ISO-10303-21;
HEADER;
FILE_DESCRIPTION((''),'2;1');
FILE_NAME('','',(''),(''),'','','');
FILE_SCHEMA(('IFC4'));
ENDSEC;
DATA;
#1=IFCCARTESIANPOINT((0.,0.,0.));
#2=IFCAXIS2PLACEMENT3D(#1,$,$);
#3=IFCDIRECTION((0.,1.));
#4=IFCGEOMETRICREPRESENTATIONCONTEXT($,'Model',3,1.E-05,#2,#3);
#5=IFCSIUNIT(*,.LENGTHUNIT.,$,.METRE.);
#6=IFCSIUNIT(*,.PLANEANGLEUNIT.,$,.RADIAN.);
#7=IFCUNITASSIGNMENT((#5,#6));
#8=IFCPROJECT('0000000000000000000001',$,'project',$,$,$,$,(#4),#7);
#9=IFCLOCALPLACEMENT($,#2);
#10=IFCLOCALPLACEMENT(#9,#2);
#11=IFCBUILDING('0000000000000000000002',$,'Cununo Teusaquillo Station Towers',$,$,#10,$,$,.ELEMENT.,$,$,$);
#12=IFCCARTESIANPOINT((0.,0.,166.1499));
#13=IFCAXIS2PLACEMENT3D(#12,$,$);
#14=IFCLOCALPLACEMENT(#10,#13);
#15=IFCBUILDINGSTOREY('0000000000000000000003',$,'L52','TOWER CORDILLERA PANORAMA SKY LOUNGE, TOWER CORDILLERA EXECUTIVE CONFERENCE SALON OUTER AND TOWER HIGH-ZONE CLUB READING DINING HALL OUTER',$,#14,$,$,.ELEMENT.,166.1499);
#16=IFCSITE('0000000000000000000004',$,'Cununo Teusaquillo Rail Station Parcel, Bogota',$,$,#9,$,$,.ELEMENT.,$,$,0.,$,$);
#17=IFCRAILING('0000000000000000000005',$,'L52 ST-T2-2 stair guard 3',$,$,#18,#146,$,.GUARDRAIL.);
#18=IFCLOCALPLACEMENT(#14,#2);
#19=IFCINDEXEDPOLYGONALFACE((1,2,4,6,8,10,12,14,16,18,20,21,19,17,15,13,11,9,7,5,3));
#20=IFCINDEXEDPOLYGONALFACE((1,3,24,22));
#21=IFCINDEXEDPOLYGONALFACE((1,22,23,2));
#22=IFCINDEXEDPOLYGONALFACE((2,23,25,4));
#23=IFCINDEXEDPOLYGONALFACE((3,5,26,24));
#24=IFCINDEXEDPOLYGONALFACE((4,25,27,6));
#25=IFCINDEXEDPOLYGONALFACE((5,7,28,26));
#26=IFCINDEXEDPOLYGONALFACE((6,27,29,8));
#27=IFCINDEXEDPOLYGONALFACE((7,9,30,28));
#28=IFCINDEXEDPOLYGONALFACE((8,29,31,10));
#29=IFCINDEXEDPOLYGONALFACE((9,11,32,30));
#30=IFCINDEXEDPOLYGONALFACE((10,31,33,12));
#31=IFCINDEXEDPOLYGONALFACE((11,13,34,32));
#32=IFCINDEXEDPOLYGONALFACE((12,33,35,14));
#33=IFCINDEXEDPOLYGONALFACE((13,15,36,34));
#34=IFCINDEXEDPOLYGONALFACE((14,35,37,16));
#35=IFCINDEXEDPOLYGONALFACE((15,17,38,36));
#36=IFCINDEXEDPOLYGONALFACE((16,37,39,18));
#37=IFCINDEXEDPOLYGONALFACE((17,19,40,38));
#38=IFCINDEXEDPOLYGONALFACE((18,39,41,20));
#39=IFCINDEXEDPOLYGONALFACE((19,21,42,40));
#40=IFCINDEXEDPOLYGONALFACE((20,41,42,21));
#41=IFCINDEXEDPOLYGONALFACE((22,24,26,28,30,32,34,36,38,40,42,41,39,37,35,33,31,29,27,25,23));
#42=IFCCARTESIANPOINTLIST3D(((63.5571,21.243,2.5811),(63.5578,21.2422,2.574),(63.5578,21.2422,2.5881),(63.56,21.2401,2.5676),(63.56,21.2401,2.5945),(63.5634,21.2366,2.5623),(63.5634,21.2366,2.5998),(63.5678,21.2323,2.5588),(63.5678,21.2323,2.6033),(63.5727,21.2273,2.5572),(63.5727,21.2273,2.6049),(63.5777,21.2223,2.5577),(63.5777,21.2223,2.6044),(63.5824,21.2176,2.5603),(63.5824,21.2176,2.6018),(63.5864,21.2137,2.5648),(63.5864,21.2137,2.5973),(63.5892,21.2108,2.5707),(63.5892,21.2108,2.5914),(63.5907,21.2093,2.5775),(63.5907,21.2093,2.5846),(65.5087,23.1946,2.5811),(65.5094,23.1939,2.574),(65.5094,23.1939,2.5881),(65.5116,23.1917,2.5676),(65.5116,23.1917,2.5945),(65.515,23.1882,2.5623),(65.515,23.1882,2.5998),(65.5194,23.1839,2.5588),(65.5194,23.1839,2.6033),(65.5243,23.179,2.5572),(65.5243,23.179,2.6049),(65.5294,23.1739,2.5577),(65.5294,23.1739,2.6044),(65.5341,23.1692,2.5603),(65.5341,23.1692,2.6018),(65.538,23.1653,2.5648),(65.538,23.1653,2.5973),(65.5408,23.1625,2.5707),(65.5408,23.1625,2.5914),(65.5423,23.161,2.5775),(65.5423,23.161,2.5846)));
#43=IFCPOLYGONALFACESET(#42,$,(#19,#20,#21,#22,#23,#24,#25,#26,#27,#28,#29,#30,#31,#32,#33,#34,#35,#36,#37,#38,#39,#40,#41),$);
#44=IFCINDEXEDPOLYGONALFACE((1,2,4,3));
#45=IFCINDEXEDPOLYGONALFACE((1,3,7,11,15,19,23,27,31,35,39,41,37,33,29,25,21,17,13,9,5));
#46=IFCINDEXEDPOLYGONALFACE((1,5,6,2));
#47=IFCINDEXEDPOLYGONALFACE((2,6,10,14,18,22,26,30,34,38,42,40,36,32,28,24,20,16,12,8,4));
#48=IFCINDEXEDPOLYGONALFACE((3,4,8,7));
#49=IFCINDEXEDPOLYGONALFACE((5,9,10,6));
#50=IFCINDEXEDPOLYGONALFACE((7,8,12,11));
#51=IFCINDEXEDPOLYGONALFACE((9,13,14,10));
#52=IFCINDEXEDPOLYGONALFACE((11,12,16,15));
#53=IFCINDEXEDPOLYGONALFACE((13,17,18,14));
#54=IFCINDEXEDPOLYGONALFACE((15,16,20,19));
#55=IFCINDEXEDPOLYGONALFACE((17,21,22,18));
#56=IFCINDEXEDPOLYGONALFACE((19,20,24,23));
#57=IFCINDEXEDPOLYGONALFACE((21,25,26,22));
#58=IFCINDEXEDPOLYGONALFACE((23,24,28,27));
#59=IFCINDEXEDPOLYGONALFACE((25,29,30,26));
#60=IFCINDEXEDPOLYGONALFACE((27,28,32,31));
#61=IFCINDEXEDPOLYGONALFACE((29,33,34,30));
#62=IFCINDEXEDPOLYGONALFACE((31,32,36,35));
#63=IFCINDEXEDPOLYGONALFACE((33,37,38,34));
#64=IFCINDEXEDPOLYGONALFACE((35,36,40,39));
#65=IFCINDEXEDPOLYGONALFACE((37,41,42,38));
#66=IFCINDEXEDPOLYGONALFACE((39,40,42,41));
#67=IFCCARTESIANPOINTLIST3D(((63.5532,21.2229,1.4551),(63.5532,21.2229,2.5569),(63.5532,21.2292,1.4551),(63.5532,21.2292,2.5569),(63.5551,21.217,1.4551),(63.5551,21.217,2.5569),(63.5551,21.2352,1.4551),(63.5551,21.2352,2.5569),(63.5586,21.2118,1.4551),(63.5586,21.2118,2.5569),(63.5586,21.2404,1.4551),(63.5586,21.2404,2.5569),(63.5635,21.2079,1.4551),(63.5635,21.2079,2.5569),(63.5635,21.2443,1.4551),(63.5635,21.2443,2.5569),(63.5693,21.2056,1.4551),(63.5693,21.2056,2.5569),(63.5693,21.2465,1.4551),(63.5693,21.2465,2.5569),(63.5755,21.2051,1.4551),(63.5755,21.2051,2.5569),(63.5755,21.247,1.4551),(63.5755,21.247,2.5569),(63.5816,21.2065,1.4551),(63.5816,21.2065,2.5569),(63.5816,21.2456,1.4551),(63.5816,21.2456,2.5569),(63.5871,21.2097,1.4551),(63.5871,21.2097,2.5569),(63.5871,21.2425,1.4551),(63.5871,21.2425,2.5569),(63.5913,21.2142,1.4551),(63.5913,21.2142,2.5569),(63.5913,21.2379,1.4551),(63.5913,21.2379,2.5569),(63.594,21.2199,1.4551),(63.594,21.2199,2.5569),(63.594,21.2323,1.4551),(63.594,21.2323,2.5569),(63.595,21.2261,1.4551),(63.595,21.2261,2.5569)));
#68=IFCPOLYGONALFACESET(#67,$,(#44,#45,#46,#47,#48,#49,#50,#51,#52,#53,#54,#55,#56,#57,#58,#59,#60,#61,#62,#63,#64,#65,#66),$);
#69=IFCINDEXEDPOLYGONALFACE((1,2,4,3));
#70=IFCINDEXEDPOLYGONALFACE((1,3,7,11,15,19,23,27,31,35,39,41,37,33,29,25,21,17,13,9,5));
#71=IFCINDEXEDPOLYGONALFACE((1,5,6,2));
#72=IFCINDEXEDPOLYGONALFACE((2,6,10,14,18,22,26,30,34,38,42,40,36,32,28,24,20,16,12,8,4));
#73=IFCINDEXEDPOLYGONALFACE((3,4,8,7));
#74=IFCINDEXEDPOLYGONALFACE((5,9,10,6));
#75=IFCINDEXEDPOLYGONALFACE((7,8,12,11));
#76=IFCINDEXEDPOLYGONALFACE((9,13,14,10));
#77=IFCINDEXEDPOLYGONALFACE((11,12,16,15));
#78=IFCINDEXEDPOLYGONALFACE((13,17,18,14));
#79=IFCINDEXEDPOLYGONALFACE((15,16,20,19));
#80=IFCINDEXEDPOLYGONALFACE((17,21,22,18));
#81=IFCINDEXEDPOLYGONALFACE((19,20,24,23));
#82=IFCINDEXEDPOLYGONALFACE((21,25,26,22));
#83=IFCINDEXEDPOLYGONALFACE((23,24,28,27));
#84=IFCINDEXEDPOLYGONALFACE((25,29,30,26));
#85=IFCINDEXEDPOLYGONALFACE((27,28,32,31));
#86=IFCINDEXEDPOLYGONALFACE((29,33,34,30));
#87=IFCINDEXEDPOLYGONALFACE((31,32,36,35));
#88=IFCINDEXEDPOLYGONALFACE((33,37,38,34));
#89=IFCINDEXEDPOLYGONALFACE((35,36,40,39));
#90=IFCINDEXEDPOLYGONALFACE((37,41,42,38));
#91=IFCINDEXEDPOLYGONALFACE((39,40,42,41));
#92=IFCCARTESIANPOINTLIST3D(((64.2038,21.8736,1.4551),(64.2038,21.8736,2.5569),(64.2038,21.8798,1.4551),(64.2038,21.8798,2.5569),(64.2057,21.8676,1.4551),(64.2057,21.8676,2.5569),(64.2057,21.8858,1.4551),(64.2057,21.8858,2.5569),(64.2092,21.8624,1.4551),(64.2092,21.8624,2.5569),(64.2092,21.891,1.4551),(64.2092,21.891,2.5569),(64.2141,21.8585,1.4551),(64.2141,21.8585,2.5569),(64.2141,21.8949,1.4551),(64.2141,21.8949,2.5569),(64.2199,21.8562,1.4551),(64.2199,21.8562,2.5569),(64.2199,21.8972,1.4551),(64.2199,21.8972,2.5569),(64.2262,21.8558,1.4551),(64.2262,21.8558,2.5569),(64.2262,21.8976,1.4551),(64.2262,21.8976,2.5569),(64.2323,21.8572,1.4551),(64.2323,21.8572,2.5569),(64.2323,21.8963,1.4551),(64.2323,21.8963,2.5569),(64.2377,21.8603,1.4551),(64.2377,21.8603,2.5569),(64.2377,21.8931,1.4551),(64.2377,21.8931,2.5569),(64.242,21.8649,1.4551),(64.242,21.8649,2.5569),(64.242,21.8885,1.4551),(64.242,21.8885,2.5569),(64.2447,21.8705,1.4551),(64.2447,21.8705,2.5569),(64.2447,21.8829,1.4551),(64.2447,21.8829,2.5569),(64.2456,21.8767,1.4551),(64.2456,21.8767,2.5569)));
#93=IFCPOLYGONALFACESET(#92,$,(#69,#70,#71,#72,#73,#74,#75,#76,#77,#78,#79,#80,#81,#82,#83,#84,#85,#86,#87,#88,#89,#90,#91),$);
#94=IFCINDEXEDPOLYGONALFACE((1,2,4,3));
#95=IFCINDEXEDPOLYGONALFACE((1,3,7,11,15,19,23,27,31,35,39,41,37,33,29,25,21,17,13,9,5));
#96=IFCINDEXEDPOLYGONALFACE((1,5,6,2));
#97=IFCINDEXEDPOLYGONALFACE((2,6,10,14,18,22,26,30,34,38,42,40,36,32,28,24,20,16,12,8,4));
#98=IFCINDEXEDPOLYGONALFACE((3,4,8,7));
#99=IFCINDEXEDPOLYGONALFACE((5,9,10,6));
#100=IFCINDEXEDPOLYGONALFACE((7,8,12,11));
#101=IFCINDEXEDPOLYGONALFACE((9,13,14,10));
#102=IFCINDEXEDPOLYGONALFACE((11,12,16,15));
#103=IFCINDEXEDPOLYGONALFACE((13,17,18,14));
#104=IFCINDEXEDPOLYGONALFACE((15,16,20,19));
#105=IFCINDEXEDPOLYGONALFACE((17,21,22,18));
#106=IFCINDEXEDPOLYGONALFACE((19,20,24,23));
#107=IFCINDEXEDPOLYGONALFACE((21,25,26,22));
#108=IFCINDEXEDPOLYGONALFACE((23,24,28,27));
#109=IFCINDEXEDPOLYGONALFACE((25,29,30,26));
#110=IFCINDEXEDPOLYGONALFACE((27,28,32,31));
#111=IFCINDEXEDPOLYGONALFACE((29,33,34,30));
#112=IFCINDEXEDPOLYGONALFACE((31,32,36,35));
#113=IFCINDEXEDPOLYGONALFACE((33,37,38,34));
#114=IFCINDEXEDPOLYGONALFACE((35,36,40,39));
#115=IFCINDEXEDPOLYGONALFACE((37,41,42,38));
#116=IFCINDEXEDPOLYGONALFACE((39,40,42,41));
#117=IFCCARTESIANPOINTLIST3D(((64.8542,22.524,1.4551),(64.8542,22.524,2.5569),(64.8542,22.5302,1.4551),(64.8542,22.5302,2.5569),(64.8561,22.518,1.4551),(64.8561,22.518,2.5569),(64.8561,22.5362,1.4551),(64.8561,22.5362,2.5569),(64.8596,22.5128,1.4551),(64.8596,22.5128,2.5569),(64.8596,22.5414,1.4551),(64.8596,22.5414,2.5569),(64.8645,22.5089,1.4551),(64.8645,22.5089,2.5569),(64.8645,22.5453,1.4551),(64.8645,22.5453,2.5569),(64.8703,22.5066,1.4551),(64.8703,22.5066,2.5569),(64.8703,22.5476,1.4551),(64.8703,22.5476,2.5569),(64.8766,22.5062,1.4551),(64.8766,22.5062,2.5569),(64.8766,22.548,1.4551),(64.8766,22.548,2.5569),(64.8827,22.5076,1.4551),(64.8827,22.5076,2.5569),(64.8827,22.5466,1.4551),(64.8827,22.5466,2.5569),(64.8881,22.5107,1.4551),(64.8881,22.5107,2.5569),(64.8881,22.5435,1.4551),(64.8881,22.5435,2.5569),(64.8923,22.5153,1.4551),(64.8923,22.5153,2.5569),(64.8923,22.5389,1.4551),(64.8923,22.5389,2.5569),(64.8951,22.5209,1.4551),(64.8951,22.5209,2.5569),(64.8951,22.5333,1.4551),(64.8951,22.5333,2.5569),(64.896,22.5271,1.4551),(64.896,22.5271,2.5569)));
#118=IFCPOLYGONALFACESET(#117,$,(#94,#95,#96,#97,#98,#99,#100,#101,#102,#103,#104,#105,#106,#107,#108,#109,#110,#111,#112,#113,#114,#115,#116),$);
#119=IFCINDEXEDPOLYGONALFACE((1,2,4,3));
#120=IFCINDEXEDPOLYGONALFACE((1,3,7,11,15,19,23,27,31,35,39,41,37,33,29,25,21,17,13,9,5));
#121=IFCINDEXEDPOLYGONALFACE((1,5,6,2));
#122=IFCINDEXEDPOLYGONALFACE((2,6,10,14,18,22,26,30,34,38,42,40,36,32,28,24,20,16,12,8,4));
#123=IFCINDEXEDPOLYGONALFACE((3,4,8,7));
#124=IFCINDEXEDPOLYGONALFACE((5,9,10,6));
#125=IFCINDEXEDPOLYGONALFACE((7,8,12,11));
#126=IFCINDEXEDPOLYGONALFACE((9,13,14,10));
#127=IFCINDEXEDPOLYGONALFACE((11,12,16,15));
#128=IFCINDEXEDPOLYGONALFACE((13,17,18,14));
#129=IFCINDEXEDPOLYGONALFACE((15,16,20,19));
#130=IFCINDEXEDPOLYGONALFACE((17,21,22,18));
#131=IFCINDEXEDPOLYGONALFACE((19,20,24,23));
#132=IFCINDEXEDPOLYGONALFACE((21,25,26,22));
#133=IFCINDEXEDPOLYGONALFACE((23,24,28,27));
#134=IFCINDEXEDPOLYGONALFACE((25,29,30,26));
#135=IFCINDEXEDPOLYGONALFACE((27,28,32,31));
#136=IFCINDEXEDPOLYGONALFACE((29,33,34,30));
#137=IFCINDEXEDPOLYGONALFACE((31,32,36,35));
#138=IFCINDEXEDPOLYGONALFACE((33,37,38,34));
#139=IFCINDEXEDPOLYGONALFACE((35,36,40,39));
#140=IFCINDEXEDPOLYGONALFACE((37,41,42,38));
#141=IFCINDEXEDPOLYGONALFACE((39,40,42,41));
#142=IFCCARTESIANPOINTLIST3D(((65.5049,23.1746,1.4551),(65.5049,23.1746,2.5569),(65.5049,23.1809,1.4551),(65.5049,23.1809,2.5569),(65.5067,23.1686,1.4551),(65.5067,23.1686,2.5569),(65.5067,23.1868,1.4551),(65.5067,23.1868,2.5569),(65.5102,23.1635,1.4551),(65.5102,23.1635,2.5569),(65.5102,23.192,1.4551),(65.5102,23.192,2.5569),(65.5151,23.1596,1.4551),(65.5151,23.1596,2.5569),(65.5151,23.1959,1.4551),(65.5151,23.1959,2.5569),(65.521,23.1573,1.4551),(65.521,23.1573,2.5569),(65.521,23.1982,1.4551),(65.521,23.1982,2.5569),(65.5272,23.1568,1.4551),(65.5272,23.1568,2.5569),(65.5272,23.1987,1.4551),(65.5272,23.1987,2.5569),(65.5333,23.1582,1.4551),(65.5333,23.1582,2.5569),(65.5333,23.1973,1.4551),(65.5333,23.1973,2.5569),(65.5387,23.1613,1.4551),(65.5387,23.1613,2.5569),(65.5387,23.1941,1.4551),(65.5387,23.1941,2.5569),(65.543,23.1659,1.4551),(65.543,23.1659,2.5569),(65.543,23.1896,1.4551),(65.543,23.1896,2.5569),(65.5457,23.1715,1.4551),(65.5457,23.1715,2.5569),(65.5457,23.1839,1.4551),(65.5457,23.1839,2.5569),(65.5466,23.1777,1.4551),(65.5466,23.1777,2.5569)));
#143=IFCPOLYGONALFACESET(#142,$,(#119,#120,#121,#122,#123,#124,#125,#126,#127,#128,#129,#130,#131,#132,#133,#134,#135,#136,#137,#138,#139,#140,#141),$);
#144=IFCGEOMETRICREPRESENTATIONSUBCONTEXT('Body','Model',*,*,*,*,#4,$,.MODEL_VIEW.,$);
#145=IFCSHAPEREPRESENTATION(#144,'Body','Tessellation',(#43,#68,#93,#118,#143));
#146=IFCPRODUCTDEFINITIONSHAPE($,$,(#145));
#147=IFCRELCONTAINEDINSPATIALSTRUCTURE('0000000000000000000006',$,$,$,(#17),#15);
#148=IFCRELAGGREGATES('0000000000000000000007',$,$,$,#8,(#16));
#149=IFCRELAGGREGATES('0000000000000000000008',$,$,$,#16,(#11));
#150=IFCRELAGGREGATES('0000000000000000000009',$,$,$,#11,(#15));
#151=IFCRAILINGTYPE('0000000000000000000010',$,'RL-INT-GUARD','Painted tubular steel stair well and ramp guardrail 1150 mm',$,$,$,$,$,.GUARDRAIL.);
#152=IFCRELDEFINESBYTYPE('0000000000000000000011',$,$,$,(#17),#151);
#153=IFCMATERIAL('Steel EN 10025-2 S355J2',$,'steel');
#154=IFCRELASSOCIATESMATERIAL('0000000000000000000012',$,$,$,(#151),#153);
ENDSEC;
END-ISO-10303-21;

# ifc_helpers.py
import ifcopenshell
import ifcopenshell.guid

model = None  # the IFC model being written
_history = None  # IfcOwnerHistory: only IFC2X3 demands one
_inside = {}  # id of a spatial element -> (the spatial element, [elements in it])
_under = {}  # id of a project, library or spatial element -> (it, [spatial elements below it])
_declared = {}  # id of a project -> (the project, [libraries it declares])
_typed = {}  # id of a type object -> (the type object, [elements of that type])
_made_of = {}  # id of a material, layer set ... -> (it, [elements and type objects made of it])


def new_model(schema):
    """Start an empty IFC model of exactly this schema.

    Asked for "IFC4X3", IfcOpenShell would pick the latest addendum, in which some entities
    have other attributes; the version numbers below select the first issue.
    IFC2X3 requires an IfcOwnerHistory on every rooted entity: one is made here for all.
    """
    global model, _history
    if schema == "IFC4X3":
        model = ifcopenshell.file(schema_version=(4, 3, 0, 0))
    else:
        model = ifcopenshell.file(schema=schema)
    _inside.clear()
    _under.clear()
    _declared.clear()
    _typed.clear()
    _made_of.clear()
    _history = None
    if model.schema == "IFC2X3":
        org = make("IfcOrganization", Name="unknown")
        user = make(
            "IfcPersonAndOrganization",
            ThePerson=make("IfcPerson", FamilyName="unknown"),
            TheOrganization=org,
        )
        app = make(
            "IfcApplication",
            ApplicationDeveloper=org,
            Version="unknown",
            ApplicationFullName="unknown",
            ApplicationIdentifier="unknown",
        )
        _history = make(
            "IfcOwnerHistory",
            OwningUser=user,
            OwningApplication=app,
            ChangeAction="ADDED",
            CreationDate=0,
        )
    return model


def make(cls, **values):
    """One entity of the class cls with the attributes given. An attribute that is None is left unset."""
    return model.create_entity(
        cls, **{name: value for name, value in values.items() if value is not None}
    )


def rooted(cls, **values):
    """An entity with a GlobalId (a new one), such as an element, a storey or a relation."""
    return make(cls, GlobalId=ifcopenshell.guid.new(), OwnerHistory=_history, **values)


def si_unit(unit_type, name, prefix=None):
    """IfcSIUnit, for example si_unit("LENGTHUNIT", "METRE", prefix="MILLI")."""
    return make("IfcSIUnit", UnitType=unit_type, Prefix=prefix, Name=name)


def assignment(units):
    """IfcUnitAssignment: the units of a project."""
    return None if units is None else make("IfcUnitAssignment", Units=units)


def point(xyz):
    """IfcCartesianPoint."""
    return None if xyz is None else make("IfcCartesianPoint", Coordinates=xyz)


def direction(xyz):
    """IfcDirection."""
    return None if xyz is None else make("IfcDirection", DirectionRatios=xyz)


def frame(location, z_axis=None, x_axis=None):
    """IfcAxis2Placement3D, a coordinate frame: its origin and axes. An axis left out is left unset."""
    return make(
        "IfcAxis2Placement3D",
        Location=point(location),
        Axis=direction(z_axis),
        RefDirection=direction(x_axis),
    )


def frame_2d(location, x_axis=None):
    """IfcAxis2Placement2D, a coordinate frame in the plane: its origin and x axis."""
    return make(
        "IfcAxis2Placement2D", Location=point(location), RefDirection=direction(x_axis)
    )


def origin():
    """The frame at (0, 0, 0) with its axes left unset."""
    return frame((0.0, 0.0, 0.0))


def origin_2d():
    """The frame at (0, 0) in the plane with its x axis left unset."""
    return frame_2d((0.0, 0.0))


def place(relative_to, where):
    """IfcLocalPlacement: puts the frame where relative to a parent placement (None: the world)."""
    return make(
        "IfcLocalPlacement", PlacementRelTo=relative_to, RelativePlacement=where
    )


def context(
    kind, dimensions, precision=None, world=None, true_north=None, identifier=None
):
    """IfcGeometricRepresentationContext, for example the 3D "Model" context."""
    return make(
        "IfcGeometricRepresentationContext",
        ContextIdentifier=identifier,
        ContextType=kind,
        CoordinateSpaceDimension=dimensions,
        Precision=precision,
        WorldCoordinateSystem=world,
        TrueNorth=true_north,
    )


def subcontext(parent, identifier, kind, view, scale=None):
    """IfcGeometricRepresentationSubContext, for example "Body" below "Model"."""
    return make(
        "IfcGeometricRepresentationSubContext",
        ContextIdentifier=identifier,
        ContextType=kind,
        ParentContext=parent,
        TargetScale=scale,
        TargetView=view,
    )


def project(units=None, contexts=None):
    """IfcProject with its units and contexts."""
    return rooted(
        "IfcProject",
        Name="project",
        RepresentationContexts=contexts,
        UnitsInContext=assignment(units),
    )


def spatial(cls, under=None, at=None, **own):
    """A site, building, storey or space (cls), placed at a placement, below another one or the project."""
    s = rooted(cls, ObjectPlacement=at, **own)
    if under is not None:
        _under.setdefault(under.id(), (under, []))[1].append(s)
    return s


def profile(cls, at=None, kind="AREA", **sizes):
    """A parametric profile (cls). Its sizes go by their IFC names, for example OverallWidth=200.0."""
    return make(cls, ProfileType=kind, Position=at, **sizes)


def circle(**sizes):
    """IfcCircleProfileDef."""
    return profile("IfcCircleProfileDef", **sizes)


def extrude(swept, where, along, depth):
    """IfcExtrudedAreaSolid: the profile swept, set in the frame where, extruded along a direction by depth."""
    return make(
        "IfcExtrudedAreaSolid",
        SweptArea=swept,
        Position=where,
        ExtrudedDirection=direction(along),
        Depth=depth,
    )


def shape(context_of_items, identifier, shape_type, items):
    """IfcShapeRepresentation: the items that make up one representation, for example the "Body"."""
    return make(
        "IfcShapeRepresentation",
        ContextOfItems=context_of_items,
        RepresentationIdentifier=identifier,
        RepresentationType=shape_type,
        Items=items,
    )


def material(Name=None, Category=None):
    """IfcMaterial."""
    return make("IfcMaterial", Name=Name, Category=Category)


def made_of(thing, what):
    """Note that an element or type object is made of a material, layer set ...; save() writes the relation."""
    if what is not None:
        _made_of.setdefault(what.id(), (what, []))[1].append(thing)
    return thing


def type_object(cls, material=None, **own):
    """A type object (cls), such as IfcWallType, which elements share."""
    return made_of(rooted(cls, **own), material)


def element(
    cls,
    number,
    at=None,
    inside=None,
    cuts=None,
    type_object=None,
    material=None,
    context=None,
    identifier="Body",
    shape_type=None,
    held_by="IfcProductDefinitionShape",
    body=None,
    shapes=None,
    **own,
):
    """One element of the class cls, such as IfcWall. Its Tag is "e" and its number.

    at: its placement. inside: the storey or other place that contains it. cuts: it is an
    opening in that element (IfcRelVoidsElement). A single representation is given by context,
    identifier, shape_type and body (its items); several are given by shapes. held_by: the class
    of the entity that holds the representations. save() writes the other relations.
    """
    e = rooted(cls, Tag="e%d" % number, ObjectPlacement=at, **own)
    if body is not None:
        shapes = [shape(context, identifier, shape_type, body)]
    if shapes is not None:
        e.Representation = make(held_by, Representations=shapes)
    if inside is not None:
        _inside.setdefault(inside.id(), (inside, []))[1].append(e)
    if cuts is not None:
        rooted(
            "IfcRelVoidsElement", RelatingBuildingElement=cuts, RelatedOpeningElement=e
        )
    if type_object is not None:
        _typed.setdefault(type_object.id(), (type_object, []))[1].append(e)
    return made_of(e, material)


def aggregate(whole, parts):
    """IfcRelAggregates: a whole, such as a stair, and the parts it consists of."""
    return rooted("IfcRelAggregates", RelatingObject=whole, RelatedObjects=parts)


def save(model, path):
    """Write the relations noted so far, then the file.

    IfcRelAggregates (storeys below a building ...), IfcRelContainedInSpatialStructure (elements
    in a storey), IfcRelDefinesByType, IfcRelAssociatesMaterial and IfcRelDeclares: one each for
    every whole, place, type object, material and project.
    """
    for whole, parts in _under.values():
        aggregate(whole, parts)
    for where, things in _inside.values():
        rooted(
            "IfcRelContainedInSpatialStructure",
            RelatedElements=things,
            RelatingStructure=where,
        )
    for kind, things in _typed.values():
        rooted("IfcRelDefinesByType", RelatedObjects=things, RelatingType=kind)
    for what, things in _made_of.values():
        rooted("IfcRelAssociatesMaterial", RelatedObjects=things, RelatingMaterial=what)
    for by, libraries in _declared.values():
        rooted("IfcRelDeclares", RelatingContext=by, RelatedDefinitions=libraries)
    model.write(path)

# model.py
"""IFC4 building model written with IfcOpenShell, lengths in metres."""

from ifc_helpers import new_model, si_unit, direction, frame, origin, origin_2d, place, context, subcontext, project, spatial, circle, extrude, material, type_object, element, save


model = new_model("IFC4")

# Units and contexts
model_context = context("Model", 3, precision=1e-05, world=origin(), true_north=direction((0.0, 1.0)))
body_context = subcontext(model_context, "Body", "Model", "MODEL_VIEW")
ifc_project = project(units=[si_unit("LENGTHUNIT", "METRE"), si_unit("PLANEANGLEUNIT", "RADIAN")], contexts=[model_context])

# Site, building, storey
site_placement = place(None, origin())
site = spatial("IfcSite", under=ifc_project, at=site_placement, Name="Cununo Teusaquillo Rail Station Parcel, Bogota", CompositionType="ELEMENT", RefElevation=0.0)
building_placement = place(site_placement, origin())
building = spatial("IfcBuilding", under=site, at=building_placement, Name="Cununo Teusaquillo Station Towers", CompositionType="ELEMENT")
storey_placement = place(building_placement, frame((0.0, 0.0, 166.1499)))
storey = spatial("IfcBuildingStorey", under=building, at=storey_placement, Name="L52", Description="TOWER CORDILLERA PANORAMA SKY LOUNGE, TOWER CORDILLERA EXECUTIVE CONFERENCE SALON OUTER AND TOWER HIGH-ZONE CLUB READING DINING HALL OUTER", CompositionType="ELEMENT", Elevation=166.1499)

# Railing
ifc_material_1 = material(Name="Steel EN 10025-2 S355J2", Category="steel")
railing_type = type_object("IfcRailingType", Name="RL-INT-GUARD", Description="Painted tubular steel stair well and ramp guardrail 1150 mm", PredefinedType="GUARDRAIL", material=ifc_material_1)
railing_1_placement = place(storey_placement, frame((63.574, 21.2261, 1.4551)))
element("IfcRailing", 1, at=railing_1_placement, inside=storey, type_object=railing_type, Name="L52 ST-T2-2 stair guard 3", PredefinedType="GUARDRAIL", context=body_context, shape_type="SweptSolid", body=[
    extrude(circle(Radius=0.0239, at=origin_2d()), frame((0.0, 0.0, 1.126), z_axis=(0.707107, 0.707107, 0.0), x_axis=(-0.707107, 0.707107, 0.0)), (0.0, 0.0, 1.0), 2.76),
    extrude(circle(Radius=0.021, at=origin_2d()), origin(), (0.0, 0.0, 1.0), 1.1018),
    extrude(circle(Radius=0.021, at=origin_2d()), frame((0.6506, 0.6506, 0.0)), (0.0, 0.0, 1.0), 1.1018),
    extrude(circle(Radius=0.021, at=origin_2d()), frame((1.301, 1.301, 0.0)), (0.0, 0.0, 1.0), 1.1018),
    extrude(circle(Radius=0.021, at=origin_2d()), frame((1.9517, 1.9517, 0.0)), (0.0, 0.0, 1.0), 1.1018),
])

save(model, "model.ifc")
